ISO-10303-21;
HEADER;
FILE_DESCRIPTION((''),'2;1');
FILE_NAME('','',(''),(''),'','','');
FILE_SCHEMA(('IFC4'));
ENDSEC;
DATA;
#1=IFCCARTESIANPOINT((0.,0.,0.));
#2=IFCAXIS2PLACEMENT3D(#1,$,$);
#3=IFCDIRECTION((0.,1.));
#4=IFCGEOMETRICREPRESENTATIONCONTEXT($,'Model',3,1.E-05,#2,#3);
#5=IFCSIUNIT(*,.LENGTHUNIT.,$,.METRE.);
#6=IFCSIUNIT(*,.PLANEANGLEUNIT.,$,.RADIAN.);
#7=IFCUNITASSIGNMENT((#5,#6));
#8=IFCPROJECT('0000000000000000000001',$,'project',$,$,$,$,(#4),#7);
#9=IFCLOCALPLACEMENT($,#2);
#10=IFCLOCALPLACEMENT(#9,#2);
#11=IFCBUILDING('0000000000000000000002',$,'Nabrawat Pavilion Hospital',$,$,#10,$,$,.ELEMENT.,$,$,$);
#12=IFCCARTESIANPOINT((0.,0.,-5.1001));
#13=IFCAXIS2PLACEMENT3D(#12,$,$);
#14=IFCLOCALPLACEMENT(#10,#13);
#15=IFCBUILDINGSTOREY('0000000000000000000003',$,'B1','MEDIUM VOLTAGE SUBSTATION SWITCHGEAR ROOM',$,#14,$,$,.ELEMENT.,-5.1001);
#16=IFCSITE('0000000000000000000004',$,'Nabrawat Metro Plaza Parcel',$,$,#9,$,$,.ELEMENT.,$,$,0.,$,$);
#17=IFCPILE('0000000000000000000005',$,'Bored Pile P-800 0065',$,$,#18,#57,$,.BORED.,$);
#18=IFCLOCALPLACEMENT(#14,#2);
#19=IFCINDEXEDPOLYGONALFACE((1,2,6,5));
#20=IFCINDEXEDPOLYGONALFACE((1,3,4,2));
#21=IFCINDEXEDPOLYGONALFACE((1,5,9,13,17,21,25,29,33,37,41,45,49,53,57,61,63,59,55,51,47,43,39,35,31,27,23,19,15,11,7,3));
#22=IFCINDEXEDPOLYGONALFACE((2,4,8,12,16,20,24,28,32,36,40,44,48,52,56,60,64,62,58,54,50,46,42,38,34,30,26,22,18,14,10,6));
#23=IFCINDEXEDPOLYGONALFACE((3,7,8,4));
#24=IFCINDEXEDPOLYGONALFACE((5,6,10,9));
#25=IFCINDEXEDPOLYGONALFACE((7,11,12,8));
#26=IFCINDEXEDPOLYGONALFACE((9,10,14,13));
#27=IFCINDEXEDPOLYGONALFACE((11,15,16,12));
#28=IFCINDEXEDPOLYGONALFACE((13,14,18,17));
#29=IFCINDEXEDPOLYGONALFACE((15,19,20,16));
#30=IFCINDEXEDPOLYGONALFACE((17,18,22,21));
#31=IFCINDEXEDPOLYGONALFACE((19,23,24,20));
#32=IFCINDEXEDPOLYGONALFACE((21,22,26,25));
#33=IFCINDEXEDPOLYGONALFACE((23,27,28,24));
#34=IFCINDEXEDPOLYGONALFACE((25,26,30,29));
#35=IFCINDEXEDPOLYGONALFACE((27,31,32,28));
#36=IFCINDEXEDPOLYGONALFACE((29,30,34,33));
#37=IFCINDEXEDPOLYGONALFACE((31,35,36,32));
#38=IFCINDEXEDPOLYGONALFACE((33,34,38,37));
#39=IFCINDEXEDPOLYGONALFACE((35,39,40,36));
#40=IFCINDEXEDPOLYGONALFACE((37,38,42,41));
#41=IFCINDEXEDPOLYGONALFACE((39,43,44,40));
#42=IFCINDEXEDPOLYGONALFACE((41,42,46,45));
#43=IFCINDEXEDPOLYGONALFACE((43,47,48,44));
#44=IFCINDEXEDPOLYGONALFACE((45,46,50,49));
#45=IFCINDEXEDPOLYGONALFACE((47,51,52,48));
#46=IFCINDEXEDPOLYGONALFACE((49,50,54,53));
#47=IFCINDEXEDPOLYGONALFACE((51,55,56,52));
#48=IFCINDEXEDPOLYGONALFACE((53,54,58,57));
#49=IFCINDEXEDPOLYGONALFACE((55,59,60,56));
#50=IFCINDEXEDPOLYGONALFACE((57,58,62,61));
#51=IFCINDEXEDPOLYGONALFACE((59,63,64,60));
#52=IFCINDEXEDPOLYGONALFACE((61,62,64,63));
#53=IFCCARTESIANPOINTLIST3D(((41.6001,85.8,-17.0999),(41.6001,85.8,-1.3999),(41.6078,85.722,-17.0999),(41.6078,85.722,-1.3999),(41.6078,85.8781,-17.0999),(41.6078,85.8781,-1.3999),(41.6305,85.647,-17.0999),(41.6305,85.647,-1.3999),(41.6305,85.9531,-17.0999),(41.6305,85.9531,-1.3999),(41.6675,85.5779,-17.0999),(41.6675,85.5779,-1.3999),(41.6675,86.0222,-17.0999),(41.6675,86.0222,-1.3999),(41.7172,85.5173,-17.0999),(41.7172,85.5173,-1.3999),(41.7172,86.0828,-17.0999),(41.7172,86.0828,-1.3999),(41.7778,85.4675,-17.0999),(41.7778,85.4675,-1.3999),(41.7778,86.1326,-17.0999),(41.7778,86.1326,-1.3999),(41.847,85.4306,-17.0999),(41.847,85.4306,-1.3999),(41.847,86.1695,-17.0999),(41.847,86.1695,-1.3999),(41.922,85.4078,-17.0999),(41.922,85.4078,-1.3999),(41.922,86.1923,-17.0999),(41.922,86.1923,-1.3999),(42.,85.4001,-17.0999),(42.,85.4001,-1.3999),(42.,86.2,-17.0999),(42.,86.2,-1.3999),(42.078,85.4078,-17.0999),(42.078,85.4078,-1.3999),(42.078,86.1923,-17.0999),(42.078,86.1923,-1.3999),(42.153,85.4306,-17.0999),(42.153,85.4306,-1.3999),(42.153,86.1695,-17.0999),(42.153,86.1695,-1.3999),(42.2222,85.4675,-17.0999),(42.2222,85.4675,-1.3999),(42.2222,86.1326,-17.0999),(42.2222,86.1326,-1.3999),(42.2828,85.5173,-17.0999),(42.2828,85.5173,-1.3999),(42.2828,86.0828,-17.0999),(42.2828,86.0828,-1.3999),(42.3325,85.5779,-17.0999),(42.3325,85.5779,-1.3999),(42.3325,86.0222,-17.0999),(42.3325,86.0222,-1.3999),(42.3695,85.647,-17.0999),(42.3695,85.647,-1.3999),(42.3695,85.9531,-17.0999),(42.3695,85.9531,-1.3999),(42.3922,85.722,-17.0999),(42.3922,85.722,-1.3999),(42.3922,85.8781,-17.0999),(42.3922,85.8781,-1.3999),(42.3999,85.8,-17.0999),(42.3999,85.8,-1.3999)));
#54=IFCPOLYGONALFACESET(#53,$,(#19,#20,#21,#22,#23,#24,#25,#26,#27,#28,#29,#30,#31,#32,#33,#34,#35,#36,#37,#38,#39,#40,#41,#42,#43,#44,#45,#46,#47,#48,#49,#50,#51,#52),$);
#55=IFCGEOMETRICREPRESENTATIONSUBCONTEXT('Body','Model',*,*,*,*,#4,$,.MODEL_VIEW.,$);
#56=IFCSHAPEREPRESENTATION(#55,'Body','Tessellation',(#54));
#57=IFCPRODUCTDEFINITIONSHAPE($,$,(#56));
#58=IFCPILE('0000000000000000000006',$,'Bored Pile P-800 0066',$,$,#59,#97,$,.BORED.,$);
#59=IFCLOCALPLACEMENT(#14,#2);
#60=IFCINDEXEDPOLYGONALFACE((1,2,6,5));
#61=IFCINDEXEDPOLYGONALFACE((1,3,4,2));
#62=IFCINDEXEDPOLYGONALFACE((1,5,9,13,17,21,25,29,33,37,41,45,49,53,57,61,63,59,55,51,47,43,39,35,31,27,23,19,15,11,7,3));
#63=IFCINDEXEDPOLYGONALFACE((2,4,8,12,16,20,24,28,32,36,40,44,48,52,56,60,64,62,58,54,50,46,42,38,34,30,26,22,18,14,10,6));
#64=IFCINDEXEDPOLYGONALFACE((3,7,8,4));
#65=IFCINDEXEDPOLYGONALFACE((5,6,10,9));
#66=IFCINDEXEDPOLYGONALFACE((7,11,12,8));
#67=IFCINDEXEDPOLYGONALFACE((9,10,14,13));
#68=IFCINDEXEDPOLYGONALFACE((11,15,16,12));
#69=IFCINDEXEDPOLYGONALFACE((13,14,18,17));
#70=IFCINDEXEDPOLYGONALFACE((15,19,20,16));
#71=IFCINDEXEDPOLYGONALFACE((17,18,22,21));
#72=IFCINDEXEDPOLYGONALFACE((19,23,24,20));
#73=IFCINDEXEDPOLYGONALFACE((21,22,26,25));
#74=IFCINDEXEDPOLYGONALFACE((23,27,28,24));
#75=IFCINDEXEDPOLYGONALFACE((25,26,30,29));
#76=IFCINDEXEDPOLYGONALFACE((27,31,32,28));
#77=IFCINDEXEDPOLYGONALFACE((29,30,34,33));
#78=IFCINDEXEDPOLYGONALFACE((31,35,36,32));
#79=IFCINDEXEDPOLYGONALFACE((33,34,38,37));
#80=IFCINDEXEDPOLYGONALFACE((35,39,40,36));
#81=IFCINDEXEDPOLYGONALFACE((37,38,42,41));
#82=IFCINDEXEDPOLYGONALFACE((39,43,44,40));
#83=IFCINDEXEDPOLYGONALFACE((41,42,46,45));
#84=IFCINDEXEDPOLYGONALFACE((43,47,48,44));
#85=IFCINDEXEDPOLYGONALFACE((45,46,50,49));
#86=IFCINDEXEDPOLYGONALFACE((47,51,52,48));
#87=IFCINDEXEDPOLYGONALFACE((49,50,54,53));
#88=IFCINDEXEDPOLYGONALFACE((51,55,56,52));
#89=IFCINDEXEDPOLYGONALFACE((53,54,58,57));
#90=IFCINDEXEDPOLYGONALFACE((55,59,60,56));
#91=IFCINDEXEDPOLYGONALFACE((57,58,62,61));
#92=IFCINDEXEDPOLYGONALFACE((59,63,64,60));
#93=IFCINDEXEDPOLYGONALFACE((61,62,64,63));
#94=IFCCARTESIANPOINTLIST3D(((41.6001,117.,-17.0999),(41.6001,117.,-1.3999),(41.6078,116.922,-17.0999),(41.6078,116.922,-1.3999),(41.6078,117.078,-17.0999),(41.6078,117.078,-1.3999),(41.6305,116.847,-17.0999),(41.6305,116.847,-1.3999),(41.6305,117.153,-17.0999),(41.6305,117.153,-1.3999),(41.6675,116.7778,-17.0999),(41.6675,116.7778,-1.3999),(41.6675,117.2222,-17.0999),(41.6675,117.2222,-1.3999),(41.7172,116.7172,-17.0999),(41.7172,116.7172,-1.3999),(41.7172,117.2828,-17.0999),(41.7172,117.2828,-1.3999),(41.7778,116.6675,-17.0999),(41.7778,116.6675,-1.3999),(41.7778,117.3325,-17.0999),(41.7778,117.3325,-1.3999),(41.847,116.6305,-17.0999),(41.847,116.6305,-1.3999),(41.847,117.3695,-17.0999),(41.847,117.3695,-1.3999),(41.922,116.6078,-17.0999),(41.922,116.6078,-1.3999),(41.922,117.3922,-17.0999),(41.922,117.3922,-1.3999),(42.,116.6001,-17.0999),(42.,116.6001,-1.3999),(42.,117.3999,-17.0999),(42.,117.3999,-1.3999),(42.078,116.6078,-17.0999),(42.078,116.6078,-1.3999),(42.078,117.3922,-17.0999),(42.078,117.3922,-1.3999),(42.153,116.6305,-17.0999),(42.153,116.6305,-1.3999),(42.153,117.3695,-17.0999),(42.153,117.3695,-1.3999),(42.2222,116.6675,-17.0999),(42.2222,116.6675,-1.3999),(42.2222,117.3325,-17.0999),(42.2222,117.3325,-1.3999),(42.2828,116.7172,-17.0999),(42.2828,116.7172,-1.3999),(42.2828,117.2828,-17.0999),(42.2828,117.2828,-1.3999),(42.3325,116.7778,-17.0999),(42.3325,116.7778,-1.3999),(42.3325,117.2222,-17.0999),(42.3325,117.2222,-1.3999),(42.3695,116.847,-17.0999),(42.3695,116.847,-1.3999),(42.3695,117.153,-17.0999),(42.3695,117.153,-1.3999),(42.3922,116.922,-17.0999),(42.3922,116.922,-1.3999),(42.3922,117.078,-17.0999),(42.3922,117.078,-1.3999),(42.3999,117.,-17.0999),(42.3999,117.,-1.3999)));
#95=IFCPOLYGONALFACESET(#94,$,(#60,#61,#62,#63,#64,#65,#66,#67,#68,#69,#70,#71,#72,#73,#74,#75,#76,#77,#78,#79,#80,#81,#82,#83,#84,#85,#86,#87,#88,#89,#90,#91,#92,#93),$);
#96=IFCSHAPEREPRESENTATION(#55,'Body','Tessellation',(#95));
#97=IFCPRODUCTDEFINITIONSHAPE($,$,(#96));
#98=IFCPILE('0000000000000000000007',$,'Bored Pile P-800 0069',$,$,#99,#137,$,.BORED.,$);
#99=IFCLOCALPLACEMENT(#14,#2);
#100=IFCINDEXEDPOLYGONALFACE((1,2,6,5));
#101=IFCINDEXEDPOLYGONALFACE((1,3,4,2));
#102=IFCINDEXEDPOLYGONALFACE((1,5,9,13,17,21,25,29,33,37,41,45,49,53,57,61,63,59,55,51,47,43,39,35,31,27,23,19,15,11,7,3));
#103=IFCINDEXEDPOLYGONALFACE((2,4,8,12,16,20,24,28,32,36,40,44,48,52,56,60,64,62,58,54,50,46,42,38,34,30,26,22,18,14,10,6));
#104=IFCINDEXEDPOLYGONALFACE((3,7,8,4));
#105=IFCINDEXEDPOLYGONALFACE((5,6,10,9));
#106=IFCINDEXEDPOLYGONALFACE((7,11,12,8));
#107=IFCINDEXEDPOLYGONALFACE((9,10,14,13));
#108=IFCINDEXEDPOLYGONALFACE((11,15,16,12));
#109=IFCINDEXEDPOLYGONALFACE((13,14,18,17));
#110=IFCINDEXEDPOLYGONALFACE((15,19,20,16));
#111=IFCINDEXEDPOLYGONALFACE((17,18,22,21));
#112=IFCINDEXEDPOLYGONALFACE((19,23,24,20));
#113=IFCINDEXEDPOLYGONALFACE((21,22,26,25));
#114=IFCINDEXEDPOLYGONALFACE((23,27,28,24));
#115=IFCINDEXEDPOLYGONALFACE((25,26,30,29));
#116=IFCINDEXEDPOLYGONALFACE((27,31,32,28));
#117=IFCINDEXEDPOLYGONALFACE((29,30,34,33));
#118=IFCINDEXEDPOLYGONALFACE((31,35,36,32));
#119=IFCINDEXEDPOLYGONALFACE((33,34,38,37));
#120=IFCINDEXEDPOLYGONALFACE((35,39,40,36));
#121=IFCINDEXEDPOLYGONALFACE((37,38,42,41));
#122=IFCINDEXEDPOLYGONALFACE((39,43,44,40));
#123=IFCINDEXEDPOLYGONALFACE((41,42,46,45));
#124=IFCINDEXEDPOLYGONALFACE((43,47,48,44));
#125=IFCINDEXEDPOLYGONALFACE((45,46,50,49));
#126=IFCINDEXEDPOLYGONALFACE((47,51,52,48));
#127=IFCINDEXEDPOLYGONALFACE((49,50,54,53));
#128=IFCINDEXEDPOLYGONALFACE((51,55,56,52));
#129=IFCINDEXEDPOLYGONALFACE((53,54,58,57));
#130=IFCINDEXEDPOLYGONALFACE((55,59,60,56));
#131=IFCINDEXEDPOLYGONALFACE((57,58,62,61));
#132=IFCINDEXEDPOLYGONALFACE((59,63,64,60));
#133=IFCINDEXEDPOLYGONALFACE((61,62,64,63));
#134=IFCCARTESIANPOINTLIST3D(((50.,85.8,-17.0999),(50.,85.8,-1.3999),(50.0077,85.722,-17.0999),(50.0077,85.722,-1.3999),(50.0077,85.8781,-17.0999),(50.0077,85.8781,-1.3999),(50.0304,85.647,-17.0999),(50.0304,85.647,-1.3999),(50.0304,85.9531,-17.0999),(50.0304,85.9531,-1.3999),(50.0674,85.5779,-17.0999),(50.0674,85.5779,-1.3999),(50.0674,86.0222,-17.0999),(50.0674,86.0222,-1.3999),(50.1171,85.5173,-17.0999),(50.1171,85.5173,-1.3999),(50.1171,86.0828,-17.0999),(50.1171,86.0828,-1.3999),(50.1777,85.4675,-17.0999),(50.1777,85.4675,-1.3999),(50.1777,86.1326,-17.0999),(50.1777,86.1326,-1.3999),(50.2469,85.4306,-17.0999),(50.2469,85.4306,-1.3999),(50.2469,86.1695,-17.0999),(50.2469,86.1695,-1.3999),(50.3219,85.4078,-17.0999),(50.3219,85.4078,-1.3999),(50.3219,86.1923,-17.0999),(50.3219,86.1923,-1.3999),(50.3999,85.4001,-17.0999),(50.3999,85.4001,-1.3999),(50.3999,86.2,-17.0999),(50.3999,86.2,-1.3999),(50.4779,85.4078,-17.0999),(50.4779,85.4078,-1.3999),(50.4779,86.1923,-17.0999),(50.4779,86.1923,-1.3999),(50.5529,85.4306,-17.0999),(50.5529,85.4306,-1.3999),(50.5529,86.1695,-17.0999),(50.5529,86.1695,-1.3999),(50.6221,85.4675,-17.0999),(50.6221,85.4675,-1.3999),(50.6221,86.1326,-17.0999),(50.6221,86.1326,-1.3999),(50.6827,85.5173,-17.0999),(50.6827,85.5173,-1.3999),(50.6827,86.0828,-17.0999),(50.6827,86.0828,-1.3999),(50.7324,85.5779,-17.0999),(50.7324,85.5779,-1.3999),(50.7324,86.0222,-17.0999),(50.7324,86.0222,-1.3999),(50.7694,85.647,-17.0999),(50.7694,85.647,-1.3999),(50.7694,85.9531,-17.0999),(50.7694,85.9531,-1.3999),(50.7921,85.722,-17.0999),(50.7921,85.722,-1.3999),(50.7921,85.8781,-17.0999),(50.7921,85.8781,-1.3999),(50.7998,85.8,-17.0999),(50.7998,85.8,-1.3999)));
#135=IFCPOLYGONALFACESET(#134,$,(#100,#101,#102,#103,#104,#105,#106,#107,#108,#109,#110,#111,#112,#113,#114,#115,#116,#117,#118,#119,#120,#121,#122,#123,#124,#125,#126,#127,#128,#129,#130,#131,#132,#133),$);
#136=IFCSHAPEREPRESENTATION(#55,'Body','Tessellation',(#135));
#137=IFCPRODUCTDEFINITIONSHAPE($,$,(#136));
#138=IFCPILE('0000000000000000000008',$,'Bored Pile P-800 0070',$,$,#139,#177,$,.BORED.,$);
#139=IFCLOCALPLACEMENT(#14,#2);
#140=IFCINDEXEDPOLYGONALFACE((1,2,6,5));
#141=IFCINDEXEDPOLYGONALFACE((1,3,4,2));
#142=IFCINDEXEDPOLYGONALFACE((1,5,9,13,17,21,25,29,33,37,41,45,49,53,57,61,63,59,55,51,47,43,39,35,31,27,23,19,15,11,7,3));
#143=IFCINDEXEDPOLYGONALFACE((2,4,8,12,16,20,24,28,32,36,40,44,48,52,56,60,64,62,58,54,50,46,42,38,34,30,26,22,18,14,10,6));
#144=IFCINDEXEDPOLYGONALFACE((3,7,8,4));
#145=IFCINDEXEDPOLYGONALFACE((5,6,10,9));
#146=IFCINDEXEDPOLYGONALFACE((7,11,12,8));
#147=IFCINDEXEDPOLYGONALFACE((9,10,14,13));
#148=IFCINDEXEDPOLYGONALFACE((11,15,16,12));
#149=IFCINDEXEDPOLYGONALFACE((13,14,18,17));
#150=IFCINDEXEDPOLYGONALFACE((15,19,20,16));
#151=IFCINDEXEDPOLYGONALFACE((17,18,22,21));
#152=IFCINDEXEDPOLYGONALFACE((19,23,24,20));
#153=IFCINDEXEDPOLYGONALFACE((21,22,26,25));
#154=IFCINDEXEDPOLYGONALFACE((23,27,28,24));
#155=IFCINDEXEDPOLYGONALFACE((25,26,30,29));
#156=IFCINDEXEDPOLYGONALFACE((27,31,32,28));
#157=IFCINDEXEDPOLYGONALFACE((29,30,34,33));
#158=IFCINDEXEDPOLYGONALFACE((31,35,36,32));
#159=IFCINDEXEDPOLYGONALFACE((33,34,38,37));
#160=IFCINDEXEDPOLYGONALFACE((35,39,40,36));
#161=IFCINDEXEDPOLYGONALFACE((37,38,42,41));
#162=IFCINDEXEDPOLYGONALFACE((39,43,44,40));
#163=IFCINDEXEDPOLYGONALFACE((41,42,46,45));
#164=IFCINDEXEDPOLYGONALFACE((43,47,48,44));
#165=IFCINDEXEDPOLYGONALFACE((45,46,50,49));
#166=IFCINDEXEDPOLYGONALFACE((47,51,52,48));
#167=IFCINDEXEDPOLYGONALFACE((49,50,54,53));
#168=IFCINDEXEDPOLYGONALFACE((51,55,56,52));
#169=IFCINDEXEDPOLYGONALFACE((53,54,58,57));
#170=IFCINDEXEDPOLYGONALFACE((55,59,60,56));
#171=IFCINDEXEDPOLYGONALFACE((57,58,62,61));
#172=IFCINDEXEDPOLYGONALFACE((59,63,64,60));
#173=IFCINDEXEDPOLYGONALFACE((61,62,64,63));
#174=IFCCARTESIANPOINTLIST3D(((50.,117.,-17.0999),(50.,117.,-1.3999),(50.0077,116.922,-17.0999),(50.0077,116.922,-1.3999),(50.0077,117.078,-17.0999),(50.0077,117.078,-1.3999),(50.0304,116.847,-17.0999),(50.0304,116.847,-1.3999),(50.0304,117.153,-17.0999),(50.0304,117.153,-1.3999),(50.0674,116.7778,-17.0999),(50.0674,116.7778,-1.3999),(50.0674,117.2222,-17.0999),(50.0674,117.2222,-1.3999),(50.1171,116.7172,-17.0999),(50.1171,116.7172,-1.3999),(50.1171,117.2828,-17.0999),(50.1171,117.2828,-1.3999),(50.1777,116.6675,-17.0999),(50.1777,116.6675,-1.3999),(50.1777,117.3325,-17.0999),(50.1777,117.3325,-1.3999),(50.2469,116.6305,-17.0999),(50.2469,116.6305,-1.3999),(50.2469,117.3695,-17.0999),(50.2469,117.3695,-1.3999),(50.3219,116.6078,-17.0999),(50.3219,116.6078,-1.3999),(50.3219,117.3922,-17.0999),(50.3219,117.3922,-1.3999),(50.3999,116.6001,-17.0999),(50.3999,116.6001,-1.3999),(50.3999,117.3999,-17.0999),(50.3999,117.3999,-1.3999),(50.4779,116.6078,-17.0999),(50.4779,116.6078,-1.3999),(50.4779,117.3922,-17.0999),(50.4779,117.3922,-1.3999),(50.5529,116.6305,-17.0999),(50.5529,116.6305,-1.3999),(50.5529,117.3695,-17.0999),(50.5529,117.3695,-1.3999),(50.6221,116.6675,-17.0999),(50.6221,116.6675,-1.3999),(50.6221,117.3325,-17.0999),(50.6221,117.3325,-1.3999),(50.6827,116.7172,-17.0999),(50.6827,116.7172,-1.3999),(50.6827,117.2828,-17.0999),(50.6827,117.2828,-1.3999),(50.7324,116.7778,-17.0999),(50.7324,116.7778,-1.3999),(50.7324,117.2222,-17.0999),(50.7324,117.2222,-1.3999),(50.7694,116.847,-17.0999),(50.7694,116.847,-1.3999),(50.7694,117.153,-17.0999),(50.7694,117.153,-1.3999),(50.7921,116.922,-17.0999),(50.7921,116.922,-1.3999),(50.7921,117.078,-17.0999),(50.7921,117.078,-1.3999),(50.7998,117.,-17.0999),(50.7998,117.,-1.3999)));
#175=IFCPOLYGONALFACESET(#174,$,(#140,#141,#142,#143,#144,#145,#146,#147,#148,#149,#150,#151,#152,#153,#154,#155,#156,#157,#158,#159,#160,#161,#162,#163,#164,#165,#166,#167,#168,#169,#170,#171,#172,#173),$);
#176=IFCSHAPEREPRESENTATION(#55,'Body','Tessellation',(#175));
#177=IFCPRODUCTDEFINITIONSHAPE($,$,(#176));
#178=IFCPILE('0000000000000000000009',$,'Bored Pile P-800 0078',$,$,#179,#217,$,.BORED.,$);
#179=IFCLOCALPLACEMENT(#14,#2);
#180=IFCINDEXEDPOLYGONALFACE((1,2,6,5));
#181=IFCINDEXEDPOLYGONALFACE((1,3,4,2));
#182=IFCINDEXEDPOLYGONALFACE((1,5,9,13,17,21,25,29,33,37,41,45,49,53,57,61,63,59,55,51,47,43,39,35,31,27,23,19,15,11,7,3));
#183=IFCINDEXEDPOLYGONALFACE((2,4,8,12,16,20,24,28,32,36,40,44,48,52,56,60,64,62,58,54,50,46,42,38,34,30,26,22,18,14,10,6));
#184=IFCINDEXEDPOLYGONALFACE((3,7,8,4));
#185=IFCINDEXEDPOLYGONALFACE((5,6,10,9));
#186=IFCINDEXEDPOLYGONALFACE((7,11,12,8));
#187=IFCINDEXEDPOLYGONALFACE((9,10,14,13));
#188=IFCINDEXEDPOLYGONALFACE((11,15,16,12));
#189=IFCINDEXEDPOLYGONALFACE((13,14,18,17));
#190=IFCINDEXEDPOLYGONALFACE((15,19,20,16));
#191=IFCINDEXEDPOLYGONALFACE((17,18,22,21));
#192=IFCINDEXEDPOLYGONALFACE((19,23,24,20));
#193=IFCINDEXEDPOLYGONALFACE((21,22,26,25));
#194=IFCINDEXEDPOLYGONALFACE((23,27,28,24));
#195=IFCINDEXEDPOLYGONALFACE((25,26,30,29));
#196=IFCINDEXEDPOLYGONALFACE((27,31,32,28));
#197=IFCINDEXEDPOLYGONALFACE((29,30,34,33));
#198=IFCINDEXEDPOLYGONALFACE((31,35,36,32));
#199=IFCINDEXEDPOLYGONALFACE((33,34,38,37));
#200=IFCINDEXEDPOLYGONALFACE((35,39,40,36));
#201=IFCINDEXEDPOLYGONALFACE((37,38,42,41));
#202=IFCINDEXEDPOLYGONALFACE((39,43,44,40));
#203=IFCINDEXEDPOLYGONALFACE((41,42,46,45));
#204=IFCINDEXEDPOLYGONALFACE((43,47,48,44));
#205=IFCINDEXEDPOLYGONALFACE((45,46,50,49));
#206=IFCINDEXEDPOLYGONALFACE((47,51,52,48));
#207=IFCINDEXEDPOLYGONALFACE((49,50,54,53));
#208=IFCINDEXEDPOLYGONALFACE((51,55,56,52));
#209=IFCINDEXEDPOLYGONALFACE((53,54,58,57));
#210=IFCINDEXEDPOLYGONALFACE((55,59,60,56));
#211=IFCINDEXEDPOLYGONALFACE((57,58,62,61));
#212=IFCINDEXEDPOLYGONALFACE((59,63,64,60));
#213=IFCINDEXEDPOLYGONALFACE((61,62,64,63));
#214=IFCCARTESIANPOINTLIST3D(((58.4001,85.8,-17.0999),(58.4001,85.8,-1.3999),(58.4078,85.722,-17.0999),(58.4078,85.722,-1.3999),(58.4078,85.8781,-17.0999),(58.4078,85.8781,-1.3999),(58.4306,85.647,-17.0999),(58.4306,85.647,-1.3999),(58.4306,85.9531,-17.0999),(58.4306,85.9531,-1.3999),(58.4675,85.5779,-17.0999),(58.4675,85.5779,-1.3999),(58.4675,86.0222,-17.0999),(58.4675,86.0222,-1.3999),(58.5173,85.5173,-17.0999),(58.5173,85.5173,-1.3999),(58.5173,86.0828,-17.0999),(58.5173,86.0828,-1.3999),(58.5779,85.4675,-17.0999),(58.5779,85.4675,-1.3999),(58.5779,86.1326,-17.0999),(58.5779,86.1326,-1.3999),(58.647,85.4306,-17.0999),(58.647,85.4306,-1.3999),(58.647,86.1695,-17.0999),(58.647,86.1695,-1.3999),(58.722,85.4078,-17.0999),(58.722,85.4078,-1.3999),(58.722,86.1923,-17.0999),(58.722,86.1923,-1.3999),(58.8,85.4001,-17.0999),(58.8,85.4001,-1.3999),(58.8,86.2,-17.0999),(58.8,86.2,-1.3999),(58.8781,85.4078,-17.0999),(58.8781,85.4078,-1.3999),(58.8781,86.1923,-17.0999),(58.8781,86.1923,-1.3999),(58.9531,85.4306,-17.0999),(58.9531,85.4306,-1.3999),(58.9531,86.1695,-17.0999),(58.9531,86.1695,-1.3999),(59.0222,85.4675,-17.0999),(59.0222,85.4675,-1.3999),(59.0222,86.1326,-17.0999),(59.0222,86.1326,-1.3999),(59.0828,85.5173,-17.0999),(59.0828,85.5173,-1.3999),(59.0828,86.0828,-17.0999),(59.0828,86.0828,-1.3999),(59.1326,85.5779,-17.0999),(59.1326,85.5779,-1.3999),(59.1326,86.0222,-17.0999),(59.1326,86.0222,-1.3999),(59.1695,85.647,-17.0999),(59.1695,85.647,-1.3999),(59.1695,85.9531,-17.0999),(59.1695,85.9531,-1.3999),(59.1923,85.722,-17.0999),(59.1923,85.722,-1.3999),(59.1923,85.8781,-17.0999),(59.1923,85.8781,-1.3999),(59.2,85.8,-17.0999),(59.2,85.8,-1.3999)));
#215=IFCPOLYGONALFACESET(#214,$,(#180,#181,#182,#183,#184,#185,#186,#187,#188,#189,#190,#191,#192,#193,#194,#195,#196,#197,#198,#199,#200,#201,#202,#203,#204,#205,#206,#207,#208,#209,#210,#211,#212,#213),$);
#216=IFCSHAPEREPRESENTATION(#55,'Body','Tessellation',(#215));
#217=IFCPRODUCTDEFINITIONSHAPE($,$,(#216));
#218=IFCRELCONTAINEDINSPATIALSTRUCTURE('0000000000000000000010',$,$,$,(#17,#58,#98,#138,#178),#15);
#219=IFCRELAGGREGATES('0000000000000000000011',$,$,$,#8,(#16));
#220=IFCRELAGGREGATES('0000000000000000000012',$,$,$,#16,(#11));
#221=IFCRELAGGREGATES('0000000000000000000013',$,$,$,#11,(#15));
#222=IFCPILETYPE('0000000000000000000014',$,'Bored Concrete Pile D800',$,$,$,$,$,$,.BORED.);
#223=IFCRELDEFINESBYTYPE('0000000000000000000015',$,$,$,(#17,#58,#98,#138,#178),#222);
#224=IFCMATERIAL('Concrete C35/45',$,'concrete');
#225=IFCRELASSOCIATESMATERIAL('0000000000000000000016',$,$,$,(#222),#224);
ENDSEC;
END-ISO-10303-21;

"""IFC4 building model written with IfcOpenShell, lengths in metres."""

from ifc_helpers import new_model, si_unit, direction, frame, origin, origin_2d, place, context, subcontext, project, spatial, circle, extrude, material, material_profile, profile_set, type_object, element, save


model = new_model("IFC4")

# Units and contexts
model_context = context("Model", 3, precision=1e-05, world=origin(), true_north=direction((0.0, 1.0)))
body_context = subcontext(model_context, "Body", "Model", "MODEL_VIEW")
ifc_project = project(units=[si_unit("LENGTHUNIT", "METRE"), si_unit("PLANEANGLEUNIT", "RADIAN")], contexts=[model_context])

# Site, building, storey
site_placement = place(None, origin())
site = spatial("IfcSite", under=ifc_project, at=site_placement, Name="Nabrawat Metro Plaza Parcel", CompositionType="ELEMENT", RefElevation=0.0)
building_placement = place(site_placement, origin())
building = spatial("IfcBuilding", under=site, at=building_placement, Name="Nabrawat Pavilion Hospital", CompositionType="ELEMENT")
storey_placement = place(building_placement, frame((0.0, 0.0, -5.1001)))
storey = spatial("IfcBuildingStorey", under=building, at=storey_placement, Name="B1", Description="MEDIUM VOLTAGE SUBSTATION SWITCHGEAR ROOM", CompositionType="ELEMENT", Elevation=-5.1001)

# Piles
ifc_material_1 = material(Name="Concrete C35/45", Category="concrete")
ifc_material_profile_1 = material_profile(ifc_material_1, circle(Radius=0.3999, at=origin_2d()), Name="DIA 800")
ifc_profile_set_1 = profile_set([ifc_material_profile_1], Name="Concrete C35/45")
pile_type = type_object("IfcPileType", Name="Bored Concrete Pile D800", PredefinedType="BORED", material=ifc_profile_set_1)
for number, where, z_axis, x_axis, name in (
    (1, (42.0, 85.8, -1.3999), (0.0, 0.0, -1.0), (1.0, 0.0, 0.0), "Bored Pile P-800 0065"),
    (2, (42.0, 117.0, -1.3999), (0.0, 0.0, -1.0), (1.0, 0.0, 0.0), "Bored Pile P-800 0066"),
    (3, (50.3999, 85.8, -1.3999), (0.0, 0.0, -1.0), (1.0, 0.0, 0.0), "Bored Pile P-800 0069"),
    (4, (50.3999, 117.0, -1.3999), (0.0, 0.0, -1.0), (1.0, 0.0, 0.0), "Bored Pile P-800 0070"),
    (5, (58.8, 85.8, -1.3999), (0.0, 0.0, -1.0), (1.0, 0.0, 0.0), "Bored Pile P-800 0078"),
):
    element("IfcPile", number, at=place(storey_placement, frame(where, z_axis=z_axis, x_axis=x_axis)), inside=storey, type_object=pile_type, Name=name, PredefinedType="BORED", context=body_context, shape_type="SweptSolid", body=[
        extrude(circle(Radius=0.3999, at=origin_2d()), origin(), (0.0, 0.0, 1.0), 15.7),
    ])

save(model, "model.ifc")
